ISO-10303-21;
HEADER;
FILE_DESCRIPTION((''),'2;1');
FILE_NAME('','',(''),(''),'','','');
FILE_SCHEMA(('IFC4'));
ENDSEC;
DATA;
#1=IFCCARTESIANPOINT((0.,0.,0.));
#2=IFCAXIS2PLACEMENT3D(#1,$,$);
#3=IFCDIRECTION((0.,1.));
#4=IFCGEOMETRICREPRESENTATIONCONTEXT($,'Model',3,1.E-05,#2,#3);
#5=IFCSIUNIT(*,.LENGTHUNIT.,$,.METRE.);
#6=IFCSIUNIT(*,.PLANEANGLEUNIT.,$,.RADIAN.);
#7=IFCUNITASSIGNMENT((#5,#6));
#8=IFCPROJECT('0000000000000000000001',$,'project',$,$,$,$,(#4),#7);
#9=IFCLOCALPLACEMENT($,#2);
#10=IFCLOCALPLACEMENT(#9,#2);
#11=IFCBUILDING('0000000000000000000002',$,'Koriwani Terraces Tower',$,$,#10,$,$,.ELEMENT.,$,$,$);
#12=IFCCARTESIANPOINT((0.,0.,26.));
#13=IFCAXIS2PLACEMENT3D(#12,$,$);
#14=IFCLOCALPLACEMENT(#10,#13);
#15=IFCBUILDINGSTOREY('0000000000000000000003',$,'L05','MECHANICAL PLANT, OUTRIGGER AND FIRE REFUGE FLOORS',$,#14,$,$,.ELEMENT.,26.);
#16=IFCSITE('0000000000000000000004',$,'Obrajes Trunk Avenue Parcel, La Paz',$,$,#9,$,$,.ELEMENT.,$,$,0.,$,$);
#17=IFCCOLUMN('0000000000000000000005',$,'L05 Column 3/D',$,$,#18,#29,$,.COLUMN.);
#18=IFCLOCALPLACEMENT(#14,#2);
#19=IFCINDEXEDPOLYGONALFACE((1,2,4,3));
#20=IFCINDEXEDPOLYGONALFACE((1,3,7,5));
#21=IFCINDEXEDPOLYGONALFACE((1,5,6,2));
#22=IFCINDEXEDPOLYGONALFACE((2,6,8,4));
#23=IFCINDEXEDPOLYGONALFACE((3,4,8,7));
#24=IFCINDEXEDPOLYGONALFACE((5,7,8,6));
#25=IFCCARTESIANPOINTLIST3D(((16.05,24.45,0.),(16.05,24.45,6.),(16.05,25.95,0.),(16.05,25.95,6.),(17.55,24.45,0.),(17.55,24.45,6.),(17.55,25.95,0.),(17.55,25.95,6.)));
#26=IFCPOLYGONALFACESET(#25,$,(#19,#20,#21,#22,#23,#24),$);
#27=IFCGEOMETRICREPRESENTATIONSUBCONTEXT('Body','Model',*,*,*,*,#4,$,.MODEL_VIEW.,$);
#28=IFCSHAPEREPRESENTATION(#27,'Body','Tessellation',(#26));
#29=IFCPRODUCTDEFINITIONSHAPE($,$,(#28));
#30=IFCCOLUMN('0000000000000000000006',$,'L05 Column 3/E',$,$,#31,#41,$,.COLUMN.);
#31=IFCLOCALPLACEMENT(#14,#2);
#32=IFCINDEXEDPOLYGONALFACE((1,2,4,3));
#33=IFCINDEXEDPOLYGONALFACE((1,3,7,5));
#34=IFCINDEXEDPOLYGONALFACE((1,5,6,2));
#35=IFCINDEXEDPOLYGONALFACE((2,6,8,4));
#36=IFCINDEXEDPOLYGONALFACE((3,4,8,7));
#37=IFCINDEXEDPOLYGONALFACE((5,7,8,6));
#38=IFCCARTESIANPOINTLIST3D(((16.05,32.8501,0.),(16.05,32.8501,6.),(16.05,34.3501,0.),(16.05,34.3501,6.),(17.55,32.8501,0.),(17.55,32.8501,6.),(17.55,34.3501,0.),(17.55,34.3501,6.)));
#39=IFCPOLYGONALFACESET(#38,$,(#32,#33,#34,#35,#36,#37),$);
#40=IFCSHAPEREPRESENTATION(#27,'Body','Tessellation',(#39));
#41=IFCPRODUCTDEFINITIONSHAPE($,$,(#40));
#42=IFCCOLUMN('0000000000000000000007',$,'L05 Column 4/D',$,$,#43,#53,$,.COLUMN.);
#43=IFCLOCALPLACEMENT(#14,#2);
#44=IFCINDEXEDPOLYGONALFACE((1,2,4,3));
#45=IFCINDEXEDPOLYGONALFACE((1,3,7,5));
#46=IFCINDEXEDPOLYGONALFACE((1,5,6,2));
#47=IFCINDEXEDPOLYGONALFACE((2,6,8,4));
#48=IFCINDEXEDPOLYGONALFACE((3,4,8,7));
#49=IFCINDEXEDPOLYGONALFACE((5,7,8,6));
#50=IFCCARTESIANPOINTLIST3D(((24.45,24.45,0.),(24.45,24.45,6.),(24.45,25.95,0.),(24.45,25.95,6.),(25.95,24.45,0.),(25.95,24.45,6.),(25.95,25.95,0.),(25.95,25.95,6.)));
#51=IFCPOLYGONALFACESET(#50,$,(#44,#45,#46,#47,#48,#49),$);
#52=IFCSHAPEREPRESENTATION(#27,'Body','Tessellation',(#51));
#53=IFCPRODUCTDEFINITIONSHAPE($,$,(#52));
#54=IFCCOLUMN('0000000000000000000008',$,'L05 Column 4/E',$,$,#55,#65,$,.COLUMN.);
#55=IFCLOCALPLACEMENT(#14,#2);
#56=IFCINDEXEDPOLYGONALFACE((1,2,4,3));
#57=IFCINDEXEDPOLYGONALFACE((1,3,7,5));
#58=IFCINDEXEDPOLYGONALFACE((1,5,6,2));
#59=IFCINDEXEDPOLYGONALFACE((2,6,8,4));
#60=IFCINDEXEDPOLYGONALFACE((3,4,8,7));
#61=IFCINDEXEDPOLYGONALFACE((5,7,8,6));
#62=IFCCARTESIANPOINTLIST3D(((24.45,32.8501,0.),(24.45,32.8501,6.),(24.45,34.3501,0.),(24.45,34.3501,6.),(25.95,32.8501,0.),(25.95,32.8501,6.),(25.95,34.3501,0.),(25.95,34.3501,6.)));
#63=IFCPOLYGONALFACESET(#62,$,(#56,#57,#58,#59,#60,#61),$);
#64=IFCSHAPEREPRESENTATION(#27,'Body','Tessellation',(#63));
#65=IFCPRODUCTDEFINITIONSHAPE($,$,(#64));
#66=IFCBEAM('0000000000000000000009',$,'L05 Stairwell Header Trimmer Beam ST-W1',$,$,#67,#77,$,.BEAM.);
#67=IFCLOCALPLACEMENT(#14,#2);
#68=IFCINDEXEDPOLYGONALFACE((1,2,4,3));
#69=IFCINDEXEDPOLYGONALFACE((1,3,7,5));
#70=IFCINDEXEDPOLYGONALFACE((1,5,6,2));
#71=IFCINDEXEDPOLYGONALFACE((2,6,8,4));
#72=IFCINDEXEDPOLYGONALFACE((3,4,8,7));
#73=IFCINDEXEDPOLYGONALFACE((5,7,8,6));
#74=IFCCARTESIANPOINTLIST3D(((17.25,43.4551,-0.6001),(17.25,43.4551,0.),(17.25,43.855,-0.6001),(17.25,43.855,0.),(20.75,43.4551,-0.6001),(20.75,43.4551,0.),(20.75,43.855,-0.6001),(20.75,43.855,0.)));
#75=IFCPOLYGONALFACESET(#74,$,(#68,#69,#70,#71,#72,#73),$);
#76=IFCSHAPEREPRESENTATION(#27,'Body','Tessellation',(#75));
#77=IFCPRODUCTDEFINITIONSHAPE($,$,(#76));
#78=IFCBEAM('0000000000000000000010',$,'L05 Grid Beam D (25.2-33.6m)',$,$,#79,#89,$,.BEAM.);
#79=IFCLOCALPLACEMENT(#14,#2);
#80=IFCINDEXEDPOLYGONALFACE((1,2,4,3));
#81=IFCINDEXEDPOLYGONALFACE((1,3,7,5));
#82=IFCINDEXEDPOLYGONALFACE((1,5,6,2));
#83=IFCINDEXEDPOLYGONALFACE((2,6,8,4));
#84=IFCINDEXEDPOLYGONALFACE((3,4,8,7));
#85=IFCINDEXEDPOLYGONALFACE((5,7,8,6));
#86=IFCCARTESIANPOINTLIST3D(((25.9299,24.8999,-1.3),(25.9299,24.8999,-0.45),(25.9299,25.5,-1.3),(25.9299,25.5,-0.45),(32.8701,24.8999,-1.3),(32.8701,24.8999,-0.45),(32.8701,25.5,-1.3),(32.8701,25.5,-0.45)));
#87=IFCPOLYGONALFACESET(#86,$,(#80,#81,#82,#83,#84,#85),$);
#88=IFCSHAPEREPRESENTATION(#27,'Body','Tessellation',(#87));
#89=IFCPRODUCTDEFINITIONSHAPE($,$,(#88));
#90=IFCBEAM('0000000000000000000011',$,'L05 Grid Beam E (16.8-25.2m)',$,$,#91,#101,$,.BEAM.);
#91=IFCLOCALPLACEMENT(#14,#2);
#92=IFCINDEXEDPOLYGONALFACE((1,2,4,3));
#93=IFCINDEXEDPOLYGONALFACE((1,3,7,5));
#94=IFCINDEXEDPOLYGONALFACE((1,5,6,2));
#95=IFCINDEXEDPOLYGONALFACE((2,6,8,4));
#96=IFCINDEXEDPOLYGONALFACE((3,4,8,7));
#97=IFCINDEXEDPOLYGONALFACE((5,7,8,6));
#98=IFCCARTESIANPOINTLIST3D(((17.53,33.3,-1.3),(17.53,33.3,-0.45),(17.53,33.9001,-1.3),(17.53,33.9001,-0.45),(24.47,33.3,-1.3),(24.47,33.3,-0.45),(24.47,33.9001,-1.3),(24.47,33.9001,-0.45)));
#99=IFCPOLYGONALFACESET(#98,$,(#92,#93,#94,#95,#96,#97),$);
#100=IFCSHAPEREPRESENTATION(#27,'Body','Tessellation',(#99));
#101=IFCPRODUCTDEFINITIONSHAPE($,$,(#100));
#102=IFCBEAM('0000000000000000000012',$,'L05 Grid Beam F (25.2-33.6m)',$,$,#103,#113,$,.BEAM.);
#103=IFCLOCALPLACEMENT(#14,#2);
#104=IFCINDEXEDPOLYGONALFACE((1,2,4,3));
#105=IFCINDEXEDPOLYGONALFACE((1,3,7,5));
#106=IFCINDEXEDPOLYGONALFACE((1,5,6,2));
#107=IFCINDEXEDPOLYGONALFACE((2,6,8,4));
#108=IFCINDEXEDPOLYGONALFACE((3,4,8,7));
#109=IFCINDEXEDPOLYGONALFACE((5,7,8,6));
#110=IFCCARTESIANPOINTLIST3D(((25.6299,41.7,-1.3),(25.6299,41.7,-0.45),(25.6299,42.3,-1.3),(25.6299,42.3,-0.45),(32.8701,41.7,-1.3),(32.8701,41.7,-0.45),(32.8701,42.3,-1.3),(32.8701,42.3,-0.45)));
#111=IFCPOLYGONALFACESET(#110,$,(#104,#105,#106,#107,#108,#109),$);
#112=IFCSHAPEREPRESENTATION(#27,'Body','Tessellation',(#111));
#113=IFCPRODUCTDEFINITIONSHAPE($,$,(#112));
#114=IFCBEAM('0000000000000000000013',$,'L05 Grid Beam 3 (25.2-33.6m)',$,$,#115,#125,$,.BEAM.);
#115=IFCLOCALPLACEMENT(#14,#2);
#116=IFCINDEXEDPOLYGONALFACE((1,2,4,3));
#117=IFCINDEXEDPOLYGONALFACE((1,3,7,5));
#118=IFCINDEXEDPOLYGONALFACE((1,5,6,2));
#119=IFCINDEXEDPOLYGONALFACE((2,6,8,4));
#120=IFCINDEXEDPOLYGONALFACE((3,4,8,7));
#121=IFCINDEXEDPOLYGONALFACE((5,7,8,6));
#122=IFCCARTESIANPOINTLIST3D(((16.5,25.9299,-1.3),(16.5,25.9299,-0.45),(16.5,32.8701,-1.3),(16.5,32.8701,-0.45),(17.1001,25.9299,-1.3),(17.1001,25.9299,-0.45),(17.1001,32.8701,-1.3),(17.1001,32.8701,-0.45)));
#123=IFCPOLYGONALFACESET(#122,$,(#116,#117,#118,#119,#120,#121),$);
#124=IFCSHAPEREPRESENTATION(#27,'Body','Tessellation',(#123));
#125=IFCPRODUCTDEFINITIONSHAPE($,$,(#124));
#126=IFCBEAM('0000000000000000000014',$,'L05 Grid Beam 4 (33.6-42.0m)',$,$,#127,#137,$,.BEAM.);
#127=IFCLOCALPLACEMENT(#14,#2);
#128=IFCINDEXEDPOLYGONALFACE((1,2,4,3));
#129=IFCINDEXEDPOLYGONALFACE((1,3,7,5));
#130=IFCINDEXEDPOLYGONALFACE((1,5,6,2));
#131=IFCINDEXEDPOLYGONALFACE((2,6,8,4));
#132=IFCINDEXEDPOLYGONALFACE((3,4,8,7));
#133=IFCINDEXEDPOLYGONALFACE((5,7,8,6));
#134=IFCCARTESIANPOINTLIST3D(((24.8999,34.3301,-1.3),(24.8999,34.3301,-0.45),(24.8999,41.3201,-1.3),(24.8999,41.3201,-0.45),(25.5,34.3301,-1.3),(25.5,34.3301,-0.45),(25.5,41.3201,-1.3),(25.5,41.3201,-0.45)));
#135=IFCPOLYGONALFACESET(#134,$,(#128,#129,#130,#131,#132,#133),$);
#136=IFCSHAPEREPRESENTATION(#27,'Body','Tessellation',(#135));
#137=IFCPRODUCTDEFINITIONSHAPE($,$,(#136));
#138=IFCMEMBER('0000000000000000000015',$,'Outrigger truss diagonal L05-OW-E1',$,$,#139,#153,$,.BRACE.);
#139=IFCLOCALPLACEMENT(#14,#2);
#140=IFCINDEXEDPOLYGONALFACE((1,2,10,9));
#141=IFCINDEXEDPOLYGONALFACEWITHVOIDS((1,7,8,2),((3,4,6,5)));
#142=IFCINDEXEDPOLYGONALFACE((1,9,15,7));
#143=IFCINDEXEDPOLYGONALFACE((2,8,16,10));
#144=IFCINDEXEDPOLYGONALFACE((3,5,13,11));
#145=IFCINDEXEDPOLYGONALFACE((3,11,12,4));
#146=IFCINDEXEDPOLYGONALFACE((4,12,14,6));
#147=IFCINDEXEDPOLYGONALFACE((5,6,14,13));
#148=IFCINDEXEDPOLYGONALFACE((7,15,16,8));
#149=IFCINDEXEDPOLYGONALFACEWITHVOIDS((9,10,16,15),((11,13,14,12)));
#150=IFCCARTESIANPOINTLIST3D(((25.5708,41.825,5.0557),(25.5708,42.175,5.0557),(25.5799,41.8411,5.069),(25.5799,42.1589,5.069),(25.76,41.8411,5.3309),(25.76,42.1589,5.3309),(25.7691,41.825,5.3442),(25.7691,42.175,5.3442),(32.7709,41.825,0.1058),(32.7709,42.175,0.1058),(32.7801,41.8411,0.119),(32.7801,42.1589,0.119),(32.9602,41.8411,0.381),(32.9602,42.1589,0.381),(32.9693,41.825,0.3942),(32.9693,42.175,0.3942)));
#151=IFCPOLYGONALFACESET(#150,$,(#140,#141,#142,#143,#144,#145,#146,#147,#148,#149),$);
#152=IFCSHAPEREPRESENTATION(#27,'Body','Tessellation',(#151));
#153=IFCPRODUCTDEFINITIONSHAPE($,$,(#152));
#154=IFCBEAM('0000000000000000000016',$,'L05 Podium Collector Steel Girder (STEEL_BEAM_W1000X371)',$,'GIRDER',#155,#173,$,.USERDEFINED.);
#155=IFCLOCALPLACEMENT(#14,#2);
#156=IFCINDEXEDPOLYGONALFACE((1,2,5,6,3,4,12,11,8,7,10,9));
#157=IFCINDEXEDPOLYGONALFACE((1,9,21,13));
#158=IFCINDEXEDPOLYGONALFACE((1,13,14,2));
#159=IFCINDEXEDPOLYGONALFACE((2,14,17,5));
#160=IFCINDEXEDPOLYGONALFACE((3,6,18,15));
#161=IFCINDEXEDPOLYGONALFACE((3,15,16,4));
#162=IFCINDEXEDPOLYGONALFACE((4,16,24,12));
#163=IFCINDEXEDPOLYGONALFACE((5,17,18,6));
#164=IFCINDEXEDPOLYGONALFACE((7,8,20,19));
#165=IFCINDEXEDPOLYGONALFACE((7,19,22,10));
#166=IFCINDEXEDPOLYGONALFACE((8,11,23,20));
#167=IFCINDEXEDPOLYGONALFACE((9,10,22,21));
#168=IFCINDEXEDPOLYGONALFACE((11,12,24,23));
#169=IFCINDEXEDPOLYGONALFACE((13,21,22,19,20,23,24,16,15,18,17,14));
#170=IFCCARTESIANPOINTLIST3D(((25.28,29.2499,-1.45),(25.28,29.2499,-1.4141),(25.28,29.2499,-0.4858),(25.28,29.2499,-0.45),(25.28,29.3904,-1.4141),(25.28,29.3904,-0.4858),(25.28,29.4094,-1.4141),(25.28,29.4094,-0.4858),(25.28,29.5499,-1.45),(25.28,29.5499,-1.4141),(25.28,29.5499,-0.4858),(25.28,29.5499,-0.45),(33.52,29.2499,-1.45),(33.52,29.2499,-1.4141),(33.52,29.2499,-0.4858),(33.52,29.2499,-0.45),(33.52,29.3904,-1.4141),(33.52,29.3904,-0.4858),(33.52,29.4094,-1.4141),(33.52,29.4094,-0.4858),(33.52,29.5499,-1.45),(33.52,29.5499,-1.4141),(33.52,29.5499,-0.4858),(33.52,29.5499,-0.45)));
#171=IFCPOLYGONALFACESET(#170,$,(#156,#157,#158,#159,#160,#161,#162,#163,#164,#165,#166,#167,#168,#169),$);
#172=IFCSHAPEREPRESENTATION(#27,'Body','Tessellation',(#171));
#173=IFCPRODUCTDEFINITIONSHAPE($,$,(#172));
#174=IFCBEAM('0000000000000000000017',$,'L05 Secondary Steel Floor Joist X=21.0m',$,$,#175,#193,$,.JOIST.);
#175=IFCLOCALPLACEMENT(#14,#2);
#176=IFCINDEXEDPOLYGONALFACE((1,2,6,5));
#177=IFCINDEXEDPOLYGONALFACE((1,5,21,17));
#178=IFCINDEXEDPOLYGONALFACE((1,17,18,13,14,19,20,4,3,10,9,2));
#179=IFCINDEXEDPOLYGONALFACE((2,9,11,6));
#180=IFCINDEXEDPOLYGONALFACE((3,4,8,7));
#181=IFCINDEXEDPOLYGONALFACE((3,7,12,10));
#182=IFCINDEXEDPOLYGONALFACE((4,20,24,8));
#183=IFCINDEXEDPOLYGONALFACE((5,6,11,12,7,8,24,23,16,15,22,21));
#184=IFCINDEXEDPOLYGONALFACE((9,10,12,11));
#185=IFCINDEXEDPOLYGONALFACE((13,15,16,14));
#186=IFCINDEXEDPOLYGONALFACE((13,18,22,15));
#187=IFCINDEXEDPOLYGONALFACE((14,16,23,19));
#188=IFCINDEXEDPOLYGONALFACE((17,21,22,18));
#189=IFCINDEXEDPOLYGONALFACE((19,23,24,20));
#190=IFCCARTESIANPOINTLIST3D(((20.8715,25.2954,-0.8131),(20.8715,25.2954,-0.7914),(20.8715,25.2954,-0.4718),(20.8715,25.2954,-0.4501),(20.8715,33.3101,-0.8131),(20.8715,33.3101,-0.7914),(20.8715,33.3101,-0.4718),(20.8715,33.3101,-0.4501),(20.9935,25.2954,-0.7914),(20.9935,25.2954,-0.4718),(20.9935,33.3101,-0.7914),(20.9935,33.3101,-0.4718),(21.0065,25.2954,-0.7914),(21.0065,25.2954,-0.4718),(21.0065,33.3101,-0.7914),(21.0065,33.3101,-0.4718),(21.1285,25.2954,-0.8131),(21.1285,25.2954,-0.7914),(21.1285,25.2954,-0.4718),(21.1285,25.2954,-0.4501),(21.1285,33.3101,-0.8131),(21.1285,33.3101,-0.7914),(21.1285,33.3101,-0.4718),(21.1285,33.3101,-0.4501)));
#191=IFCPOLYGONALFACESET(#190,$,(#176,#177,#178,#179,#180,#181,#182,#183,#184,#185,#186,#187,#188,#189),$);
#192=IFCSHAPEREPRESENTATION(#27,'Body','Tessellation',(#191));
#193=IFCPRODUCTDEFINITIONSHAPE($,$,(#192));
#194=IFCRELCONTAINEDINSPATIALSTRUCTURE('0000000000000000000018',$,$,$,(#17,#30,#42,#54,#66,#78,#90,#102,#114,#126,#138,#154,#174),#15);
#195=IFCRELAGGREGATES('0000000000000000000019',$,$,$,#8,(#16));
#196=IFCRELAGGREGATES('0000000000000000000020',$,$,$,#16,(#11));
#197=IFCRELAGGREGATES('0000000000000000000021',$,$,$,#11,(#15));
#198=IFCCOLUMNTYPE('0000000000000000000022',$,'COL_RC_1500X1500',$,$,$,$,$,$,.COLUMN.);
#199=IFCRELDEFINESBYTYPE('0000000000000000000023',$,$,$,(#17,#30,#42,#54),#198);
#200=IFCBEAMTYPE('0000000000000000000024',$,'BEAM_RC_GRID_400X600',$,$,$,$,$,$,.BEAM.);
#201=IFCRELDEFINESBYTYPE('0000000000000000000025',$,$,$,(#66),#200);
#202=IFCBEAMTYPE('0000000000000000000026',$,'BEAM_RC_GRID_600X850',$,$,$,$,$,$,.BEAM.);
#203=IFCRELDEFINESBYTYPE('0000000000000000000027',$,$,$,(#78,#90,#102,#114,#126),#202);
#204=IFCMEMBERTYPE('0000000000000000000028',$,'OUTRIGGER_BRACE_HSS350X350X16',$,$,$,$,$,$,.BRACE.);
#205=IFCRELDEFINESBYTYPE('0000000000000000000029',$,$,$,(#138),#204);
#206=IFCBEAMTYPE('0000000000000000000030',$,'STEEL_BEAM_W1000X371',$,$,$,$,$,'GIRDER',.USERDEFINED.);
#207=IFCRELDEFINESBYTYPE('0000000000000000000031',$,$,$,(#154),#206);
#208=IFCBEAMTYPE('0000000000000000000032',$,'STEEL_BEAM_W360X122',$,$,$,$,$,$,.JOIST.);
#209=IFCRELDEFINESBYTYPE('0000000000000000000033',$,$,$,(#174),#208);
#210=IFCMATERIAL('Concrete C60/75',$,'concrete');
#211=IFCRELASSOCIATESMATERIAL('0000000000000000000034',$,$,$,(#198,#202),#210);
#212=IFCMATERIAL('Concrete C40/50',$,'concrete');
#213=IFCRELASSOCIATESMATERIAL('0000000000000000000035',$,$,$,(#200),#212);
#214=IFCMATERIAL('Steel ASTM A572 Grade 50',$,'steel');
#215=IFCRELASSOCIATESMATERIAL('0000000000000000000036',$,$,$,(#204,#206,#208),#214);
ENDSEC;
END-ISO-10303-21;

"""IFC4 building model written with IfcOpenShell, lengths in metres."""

from ifc_helpers import new_model, si_unit, direction, frame, origin, origin_2d, place, context, subcontext, project, spatial, rectangle, hollow_rectangle, i_section, extrude, material, material_profile, profile_set, type_object, element, save


model = new_model("IFC4")

# Units and contexts
model_context = context("Model", 3, precision=1e-05, world=origin(), true_north=direction((0.0, 1.0)))
body_context = subcontext(model_context, "Body", "Model", "MODEL_VIEW")
ifc_project = project(units=[si_unit("LENGTHUNIT", "METRE"), si_unit("PLANEANGLEUNIT", "RADIAN")], contexts=[model_context])

# Site, building, storey
site_placement = place(None, origin())
site = spatial("IfcSite", under=ifc_project, at=site_placement, Name="Obrajes Trunk Avenue Parcel, La Paz", CompositionType="ELEMENT", RefElevation=0.0)
building_placement = place(site_placement, origin())
building = spatial("IfcBuilding", under=site, at=building_placement, Name="Koriwani Terraces Tower", CompositionType="ELEMENT")
storey_placement = place(building_placement, frame((0.0, 0.0, 26.0)))
storey = spatial("IfcBuildingStorey", under=building, at=storey_placement, Name="L05", Description="MECHANICAL PLANT, OUTRIGGER AND FIRE REFUGE FLOORS", CompositionType="ELEMENT", Elevation=26.0)

# Columns
ifc_material_1 = material(Name="Concrete C60/75", Category="concrete")
ifc_material_profile_1 = material_profile(ifc_material_1, rectangle(XDim=1.5, YDim=1.5, at=origin_2d()), Name="Concrete C60/75", Category="LoadBearing")
ifc_profile_set_1 = profile_set([ifc_material_profile_1], Name="Concrete C60/75")
column_type = type_object("IfcColumnType", Name="COL_RC_1500X1500", PredefinedType="COLUMN", material=ifc_profile_set_1)
for number, where, z_axis, x_axis, name in (
    (1, (16.8, 25.2, 0.0), (0.0, 0.0, 1.0), (1.0, 0.0, 0.0), "L05 Column 3/D"),
    (2, (16.8, 33.6001, 0.0), (0.0, 0.0, 1.0), (1.0, 0.0, 0.0), "L05 Column 3/E"),
    (3, (25.2, 25.2, 0.0), (0.0, 0.0, 1.0), (1.0, 0.0, 0.0), "L05 Column 4/D"),
    (4, (25.2, 33.6001, 0.0), (0.0, 0.0, 1.0), (1.0, 0.0, 0.0), "L05 Column 4/E"),
):
    element("IfcColumn", number, at=place(storey_placement, frame(where, z_axis=z_axis, x_axis=x_axis)), inside=storey, type_object=column_type, Name=name, PredefinedType="COLUMN", context=body_context, shape_type="SweptSolid", body=[
        extrude(rectangle(XDim=1.5, YDim=1.5, at=origin_2d()), origin(), (0.0, 0.0, 1.0), 6.0),
    ])

# Beams
ifc_material_2 = material(Name="Concrete C40/50", Category="concrete")
ifc_material_profile_2 = material_profile(ifc_material_2, rectangle(XDim=0.3999, YDim=0.6001, at=origin_2d()), Name="Concrete C40/50", Category="LoadBearing")
ifc_profile_set_2 = profile_set([ifc_material_profile_2], Name="Concrete C40/50")
beam_type_1 = type_object("IfcBeamType", Name="BEAM_RC_GRID_400X600", PredefinedType="BEAM", material=ifc_profile_set_2)
beam_1_placement = place(storey_placement, frame((17.25, 43.655, -0.3), z_axis=(1.0, 0.0, 0.0), x_axis=(0.0, 1.0, 0.0)))
element("IfcBeam", 5, at=beam_1_placement, inside=storey, type_object=beam_type_1, Name="L05 Stairwell Header Trimmer Beam ST-W1", PredefinedType="BEAM", context=body_context, shape_type="SweptSolid", body=[
    extrude(rectangle(XDim=0.3999, YDim=0.6001, at=origin_2d()), origin(), (0.0, 0.0, 1.0), 3.5),
])
ifc_material_profile_3 = material_profile(ifc_material_1, rectangle(XDim=0.6001, YDim=0.8501, at=origin_2d()), Name="Concrete C60/75", Category="LoadBearing")
ifc_profile_set_3 = profile_set([ifc_material_profile_3], Name="Concrete C60/75")
beam_type_2 = type_object("IfcBeamType", Name="BEAM_RC_GRID_600X850", PredefinedType="BEAM", material=ifc_profile_set_3)
beam_2_placement = place(storey_placement, frame((25.9299, 25.2, -0.875), z_axis=(1.0, 0.0, 0.0), x_axis=(0.0, 1.0, 0.0)))
element("IfcBeam", 6, at=beam_2_placement, inside=storey, type_object=beam_type_2, Name="L05 Grid Beam D (25.2-33.6m)", PredefinedType="BEAM", context=body_context, shape_type="SweptSolid", body=[
    extrude(rectangle(XDim=0.6001, YDim=0.8501, at=origin_2d()), origin(), (0.0, 0.0, 1.0), 6.9402),
])
beam_3_placement = place(storey_placement, frame((17.53, 33.6001, -0.875), z_axis=(1.0, 0.0, 0.0), x_axis=(0.0, 1.0, 0.0)))
element("IfcBeam", 7, at=beam_3_placement, inside=storey, type_object=beam_type_2, Name="L05 Grid Beam E (16.8-25.2m)", PredefinedType="BEAM", context=body_context, shape_type="SweptSolid", body=[
    extrude(rectangle(XDim=0.6001, YDim=0.8501, at=origin_2d()), origin(), (0.0, 0.0, 1.0), 6.9399),
])
beam_4_placement = place(storey_placement, frame((25.6299, 42.0, -0.875), z_axis=(1.0, 0.0, 0.0), x_axis=(0.0, 1.0, 0.0)))
element("IfcBeam", 8, at=beam_4_placement, inside=storey, type_object=beam_type_2, Name="L05 Grid Beam F (25.2-33.6m)", PredefinedType="BEAM", context=body_context, shape_type="SweptSolid", body=[
    extrude(rectangle(XDim=0.6001, YDim=0.8501, at=origin_2d()), origin(), (0.0, 0.0, 1.0), 7.2402),
])
beam_5_placement = place(storey_placement, frame((16.8, 25.9299, -0.875), z_axis=(0.0, 1.0, 0.0), x_axis=(-1.0, 0.0, 0.0)))
element("IfcBeam", 9, at=beam_5_placement, inside=storey, type_object=beam_type_2, Name="L05 Grid Beam 3 (25.2-33.6m)", PredefinedType="BEAM", context=body_context, shape_type="SweptSolid", body=[
    extrude(rectangle(XDim=0.6001, YDim=0.8501, at=origin_2d()), origin(), (0.0, 0.0, 1.0), 6.9402),
])
beam_6_placement = place(storey_placement, frame((25.2, 34.3301, -0.875), z_axis=(0.0, 1.0, 0.0), x_axis=(-1.0, 0.0, 0.0)))
element("IfcBeam", 10, at=beam_6_placement, inside=storey, type_object=beam_type_2, Name="L05 Grid Beam 4 (33.6-42.0m)", PredefinedType="BEAM", context=body_context, shape_type="SweptSolid", body=[
    extrude(rectangle(XDim=0.6001, YDim=0.8501, at=origin_2d()), origin(), (0.0, 0.0, 1.0), 6.99),
])

# Member
ifc_material_3 = material(Name="Steel ASTM A572 Grade 50", Category="steel")
ifc_material_profile_4 = material_profile(ifc_material_3, hollow_rectangle(XDim=0.3501, YDim=0.3501, WallThickness=0.0161, at=origin_2d()), Name="Steel ASTM A572 Grade 50", Category="LoadBearing")
ifc_profile_set_4 = profile_set([ifc_material_profile_4], Name="Steel ASTM A572 Grade 50")
member_type = type_object("IfcMemberType", Name="OUTRIGGER_BRACE_HSS350X350X16", PredefinedType="BRACE", material=ifc_profile_set_4)
member_placement = place(storey_placement, frame((32.8701, 42.0, 0.25), z_axis=(-0.824052, 0.0, 0.566515), x_axis=(0.0, -1.0, 0.0)))
element("IfcMember", 11, at=member_placement, inside=storey, type_object=member_type, Name="Outrigger truss diagonal L05-OW-E1", PredefinedType="BRACE", context=body_context, shape_type="SweptSolid", body=[
    extrude(hollow_rectangle(XDim=0.3501, YDim=0.3501, WallThickness=0.0161, at=origin_2d()), origin(), (0.0, 0.0, 1.0), 8.7375),
])

# Beams
ifc_material_profile_5 = material_profile(ifc_material_3, i_section(OverallWidth=0.3, OverallDepth=1.0, WebThickness=0.019, FlangeThickness=0.0359, at=origin_2d()), Name="Steel ASTM A572 Grade 50", Category="LoadBearing")
ifc_profile_set_5 = profile_set([ifc_material_profile_5], Name="Steel ASTM A572 Grade 50")
beam_type_3 = type_object("IfcBeamType", Name="STEEL_BEAM_W1000X371", ElementType="GIRDER", PredefinedType="USERDEFINED", material=ifc_profile_set_5)
beam_7_placement = place(storey_placement, frame((25.28, 29.3999, -0.95), z_axis=(1.0, 0.0, 0.0), x_axis=(0.0, 1.0, 0.0)))
element("IfcBeam", 12, at=beam_7_placement, inside=storey, type_object=beam_type_3, Name="L05 Podium Collector Steel Girder (STEEL_BEAM_W1000X371)", ObjectType="GIRDER", PredefinedType="USERDEFINED", context=body_context, shape_type="SweptSolid", body=[
    extrude(i_section(OverallWidth=0.3, OverallDepth=1.0, WebThickness=0.019, FlangeThickness=0.0359, at=origin_2d()), origin(), (0.0, 0.0, 1.0), 8.24),
])
ifc_material_profile_6 = material_profile(ifc_material_3, i_section(OverallWidth=0.2571, OverallDepth=0.363, WebThickness=0.0129, FlangeThickness=0.0217, at=origin_2d()), Name="Steel ASTM A572 Grade 50", Category="LoadBearing")
ifc_profile_set_6 = profile_set([ifc_material_profile_6], Name="Steel ASTM A572 Grade 50")
beam_type_4 = type_object("IfcBeamType", Name="STEEL_BEAM_W360X122", PredefinedType="JOIST", material=ifc_profile_set_6)
beam_8_placement = place(storey_placement, frame((21.0, 25.2954, -0.6316), z_axis=(0.0, 1.0, 0.0), x_axis=(-1.0, 0.0, 0.0)))
element("IfcBeam", 13, at=beam_8_placement, inside=storey, type_object=beam_type_4, Name="L05 Secondary Steel Floor Joist X=21.0m", PredefinedType="JOIST", context=body_context, shape_type="SweptSolid", body=[
    extrude(i_section(OverallWidth=0.2571, OverallDepth=0.363, WebThickness=0.0129, FlangeThickness=0.0217, at=origin_2d()), origin(), (0.0, 0.0, 1.0), 8.0146),
])

save(model, "model.ifc")
